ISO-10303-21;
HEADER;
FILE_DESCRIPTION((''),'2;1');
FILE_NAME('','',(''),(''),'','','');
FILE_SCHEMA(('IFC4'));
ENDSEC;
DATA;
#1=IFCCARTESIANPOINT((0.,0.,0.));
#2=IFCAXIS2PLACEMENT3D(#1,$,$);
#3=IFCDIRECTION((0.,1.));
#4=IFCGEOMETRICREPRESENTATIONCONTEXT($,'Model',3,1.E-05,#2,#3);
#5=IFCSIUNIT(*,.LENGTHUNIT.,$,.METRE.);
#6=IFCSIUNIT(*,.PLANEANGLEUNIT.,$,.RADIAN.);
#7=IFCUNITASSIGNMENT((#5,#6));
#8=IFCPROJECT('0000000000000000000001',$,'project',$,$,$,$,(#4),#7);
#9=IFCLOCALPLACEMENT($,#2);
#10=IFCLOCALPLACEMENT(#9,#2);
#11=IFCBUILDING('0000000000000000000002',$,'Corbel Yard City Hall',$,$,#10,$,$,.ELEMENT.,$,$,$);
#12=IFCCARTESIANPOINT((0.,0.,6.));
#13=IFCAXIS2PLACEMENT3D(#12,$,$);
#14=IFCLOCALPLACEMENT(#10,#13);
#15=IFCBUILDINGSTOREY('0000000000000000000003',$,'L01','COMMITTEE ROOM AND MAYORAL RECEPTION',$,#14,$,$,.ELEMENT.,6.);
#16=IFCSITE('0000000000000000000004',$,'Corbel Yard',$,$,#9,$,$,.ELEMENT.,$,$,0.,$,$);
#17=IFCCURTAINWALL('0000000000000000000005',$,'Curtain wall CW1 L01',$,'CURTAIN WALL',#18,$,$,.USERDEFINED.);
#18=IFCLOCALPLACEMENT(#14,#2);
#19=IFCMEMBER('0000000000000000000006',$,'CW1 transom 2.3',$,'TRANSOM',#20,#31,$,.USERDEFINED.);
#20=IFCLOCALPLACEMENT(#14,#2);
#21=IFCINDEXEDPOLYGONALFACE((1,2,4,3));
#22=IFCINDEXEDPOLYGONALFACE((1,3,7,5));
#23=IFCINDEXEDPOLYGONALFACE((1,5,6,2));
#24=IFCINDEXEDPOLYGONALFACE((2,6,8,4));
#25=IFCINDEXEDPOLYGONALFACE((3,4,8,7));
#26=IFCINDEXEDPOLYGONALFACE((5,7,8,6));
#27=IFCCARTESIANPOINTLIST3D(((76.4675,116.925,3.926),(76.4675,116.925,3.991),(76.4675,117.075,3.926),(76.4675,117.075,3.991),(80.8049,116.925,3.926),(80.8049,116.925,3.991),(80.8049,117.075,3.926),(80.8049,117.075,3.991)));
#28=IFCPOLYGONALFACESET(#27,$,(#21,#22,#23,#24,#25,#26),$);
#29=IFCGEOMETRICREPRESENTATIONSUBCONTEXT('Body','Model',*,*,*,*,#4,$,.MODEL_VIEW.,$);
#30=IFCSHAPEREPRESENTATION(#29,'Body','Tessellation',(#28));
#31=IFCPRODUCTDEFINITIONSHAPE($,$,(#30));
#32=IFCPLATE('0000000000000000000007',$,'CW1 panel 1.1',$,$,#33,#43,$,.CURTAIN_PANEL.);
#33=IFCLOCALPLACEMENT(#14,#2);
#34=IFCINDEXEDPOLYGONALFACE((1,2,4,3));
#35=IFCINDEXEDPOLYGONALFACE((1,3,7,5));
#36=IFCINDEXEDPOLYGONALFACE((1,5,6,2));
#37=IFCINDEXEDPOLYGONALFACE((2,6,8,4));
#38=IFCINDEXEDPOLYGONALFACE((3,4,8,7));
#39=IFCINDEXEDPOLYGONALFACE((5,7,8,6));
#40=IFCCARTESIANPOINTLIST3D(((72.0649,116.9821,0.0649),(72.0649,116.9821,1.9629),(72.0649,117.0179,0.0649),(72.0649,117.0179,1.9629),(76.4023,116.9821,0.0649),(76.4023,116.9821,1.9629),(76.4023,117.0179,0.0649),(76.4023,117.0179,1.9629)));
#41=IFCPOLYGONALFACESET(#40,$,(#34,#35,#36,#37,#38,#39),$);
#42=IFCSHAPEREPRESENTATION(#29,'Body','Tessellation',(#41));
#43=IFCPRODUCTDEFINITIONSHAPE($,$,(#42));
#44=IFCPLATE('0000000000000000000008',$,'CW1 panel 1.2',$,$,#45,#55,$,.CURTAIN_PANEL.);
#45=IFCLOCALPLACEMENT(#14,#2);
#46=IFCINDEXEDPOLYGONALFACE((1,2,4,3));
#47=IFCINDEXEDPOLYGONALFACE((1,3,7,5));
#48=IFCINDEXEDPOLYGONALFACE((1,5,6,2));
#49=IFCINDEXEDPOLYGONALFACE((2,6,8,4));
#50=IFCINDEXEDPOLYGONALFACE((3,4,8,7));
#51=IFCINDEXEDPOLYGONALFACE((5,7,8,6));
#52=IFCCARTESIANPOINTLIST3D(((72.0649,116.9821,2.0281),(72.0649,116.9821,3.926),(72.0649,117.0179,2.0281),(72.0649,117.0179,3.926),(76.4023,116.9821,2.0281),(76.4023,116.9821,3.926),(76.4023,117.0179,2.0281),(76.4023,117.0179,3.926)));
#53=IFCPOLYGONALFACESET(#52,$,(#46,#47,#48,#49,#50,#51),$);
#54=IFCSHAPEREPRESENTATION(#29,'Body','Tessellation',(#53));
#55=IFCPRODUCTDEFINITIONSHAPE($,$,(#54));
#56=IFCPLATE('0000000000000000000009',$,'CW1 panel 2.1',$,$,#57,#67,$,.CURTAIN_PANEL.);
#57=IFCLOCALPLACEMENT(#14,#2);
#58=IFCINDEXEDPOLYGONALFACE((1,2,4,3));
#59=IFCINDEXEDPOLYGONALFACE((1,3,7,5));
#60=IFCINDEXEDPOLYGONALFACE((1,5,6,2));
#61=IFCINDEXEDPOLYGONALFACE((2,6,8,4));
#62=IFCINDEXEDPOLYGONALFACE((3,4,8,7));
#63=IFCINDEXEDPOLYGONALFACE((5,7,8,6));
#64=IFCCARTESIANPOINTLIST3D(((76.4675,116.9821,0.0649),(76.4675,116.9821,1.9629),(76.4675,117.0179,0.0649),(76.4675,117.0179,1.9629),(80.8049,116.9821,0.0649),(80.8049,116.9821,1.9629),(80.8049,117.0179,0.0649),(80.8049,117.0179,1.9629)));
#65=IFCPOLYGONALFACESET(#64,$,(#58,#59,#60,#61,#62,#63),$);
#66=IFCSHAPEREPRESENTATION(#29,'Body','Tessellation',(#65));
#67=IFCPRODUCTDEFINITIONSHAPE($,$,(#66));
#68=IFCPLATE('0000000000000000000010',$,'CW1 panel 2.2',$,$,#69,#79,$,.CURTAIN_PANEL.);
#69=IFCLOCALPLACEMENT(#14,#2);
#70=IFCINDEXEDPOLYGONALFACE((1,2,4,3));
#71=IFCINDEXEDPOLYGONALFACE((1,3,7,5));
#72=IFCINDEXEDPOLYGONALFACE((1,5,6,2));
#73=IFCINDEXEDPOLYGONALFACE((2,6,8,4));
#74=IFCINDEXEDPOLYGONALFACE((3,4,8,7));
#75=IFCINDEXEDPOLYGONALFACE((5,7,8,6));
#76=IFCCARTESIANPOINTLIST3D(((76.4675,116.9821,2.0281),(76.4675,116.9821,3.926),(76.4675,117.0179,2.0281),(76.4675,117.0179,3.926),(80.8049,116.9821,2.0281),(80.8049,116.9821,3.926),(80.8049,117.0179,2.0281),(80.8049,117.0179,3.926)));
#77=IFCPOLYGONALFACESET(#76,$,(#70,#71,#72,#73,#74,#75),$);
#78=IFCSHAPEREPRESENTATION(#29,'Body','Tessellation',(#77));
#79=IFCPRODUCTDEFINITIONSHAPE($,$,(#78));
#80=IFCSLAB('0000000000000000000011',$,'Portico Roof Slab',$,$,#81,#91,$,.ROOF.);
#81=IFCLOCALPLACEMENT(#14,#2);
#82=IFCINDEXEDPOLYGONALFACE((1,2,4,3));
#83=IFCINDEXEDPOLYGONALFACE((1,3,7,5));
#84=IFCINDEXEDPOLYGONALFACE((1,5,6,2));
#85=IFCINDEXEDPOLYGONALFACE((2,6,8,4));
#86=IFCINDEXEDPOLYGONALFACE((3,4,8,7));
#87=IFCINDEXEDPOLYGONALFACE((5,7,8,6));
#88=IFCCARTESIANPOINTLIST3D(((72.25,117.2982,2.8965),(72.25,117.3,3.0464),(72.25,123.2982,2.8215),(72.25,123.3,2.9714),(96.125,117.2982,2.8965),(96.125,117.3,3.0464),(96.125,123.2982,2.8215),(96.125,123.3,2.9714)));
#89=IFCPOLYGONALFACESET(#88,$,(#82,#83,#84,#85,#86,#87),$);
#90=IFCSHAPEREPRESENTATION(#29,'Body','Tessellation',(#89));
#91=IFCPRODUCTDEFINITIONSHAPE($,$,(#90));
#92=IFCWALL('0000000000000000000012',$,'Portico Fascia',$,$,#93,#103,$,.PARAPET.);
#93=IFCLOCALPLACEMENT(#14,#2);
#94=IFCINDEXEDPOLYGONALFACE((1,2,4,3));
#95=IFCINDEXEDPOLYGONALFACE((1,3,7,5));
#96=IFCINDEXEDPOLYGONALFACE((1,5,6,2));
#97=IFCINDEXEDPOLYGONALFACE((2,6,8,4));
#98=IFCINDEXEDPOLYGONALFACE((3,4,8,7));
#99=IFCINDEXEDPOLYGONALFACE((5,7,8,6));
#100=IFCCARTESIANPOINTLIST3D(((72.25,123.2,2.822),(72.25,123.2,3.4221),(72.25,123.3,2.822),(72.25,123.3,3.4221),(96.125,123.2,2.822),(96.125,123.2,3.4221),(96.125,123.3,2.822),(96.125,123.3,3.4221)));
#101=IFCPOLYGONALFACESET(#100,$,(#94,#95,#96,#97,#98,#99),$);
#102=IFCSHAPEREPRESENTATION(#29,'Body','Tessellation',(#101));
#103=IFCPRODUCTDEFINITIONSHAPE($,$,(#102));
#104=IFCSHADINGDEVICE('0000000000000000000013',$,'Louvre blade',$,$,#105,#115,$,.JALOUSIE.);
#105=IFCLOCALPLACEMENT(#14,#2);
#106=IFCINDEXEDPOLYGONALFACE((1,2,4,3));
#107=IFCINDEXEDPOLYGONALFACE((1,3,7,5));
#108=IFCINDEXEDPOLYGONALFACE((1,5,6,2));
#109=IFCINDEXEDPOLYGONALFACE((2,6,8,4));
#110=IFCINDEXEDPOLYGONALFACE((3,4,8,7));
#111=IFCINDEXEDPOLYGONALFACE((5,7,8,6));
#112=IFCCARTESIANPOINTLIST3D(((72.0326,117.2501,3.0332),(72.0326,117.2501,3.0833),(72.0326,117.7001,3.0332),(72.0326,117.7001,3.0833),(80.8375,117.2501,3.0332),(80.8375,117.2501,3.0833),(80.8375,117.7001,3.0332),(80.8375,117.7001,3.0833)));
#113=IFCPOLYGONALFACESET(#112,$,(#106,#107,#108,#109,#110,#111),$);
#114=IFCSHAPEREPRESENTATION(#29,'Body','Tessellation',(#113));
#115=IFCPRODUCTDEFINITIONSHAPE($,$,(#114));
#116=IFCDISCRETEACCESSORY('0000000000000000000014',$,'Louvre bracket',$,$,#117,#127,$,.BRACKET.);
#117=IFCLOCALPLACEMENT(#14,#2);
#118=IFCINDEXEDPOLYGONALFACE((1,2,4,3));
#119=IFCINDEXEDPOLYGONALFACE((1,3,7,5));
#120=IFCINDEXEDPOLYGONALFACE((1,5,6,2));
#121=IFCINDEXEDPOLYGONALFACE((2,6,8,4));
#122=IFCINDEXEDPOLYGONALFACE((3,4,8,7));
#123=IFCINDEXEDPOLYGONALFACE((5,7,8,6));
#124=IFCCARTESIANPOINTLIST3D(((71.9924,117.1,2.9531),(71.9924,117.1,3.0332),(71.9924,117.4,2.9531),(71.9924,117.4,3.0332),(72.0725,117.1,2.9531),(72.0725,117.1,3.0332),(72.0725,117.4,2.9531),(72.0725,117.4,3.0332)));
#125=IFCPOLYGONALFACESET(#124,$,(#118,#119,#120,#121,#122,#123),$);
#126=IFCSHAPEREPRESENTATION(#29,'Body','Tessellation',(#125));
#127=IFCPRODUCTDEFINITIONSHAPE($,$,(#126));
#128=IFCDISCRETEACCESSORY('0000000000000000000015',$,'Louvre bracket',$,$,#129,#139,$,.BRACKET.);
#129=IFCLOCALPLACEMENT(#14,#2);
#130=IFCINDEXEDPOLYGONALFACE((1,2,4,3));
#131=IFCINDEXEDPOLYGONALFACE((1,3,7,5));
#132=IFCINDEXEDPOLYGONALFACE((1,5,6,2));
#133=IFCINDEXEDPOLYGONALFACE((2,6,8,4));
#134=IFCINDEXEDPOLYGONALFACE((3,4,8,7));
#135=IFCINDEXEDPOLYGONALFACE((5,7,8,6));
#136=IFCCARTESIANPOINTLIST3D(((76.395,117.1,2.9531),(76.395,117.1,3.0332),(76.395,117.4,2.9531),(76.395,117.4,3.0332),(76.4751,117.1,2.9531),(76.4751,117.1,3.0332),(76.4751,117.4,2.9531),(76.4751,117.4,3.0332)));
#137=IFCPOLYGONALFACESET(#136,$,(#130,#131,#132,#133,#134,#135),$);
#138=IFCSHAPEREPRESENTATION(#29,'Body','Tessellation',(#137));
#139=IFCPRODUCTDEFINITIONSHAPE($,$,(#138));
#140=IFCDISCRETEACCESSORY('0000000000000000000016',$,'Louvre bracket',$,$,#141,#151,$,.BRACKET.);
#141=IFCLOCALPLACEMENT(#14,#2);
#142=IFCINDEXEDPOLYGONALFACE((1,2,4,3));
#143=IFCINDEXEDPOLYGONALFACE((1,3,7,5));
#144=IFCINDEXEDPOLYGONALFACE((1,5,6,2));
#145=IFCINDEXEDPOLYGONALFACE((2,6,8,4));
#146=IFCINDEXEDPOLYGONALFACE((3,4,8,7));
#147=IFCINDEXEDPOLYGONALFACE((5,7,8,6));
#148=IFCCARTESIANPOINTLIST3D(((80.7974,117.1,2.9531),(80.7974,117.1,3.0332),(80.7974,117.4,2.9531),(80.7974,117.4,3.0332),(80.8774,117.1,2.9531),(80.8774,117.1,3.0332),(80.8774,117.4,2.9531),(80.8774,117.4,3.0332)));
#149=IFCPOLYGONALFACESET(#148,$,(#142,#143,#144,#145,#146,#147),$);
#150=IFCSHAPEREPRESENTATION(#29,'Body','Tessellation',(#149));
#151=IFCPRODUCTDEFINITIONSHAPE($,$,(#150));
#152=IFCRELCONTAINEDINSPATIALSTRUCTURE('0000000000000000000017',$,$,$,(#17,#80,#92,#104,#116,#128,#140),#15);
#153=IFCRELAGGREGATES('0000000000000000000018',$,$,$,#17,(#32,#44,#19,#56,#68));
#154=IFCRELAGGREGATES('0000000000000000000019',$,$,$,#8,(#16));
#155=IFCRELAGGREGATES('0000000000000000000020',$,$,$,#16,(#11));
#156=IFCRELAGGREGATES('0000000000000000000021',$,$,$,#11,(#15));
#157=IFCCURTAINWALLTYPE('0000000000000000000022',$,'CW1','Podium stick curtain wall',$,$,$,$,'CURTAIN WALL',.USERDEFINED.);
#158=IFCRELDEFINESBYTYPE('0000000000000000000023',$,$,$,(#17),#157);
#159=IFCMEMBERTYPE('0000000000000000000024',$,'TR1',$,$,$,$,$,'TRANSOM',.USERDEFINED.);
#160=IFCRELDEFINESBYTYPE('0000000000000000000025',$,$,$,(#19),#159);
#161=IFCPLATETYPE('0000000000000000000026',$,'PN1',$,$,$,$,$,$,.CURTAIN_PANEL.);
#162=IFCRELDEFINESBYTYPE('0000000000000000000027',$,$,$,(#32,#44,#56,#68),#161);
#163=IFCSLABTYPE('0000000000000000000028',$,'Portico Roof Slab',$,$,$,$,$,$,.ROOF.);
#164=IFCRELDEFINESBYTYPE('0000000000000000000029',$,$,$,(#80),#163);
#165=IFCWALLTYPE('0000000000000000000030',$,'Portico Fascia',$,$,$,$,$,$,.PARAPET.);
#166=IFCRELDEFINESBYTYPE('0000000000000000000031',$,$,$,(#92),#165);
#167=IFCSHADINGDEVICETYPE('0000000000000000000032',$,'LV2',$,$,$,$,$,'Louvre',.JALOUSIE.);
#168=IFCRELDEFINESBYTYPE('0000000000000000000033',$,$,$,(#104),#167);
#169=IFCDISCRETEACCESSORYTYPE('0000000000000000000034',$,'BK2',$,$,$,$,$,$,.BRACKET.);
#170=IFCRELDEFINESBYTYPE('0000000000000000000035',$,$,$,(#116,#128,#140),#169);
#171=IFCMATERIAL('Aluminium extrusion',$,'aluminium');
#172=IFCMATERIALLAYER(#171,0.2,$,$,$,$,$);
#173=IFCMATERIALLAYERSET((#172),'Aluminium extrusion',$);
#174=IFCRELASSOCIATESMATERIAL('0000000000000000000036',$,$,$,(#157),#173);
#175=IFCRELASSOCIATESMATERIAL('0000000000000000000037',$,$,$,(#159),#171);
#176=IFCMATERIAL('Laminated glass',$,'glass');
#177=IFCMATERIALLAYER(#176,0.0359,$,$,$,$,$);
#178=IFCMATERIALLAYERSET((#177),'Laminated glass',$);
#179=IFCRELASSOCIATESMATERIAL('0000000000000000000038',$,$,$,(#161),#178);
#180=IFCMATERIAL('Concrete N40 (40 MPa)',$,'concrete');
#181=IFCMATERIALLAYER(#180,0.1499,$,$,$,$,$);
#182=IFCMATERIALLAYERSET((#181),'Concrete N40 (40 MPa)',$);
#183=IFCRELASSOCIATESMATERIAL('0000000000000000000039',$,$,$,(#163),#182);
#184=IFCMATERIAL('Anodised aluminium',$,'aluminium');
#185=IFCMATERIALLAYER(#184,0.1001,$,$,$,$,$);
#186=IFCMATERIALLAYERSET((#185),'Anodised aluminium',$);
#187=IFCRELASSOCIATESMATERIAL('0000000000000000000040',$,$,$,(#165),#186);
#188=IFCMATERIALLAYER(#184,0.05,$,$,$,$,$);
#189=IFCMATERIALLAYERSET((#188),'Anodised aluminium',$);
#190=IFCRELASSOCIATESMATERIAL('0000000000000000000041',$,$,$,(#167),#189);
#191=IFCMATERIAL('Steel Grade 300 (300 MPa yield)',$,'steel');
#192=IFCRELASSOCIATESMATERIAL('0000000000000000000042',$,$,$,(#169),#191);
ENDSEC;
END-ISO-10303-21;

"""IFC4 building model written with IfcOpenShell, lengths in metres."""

from ifc_helpers import new_model, si_unit, direction, frame, frame_2d, origin, origin_2d, place, context, subcontext, project, spatial, polyline, rectangle, outline, extrude, material, layer, layer_set, material_profile, profile_set, type_object, element, aggregate, save


model = new_model("IFC4")

# Units and contexts
model_context = context("Model", 3, precision=1e-05, world=origin(), true_north=direction((0.0, 1.0)))
body_context = subcontext(model_context, "Body", "Model", "MODEL_VIEW")
ifc_project = project(units=[si_unit("LENGTHUNIT", "METRE"), si_unit("PLANEANGLEUNIT", "RADIAN")], contexts=[model_context])

# Site, building, storey
site_placement = place(None, origin())
site = spatial("IfcSite", under=ifc_project, at=site_placement, Name="Corbel Yard", CompositionType="ELEMENT", RefElevation=0.0)
building_placement = place(site_placement, origin())
building = spatial("IfcBuilding", under=site, at=building_placement, Name="Corbel Yard City Hall", CompositionType="ELEMENT")
storey_placement = place(building_placement, frame((0.0, 0.0, 6.0)))
storey = spatial("IfcBuildingStorey", under=building, at=storey_placement, Name="L01", Description="COMMITTEE ROOM AND MAYORAL RECEPTION", CompositionType="ELEMENT", Elevation=6.0)

# Shared definitions
ifc_material_1 = material(Name="Steel Grade 300 (300 MPa yield)", Category="steel")

# Curtain wall
ifc_material_2 = material(Name="Aluminium extrusion", Category="aluminium")
ifc_layer_1 = layer(ifc_material_2, 0.2)
ifc_layer_set_1 = layer_set([ifc_layer_1], Name="Aluminium extrusion")
curtain_wall_type = type_object("IfcCurtainWallType", Name="CW1", Description="Podium stick curtain wall", ElementType="CURTAIN WALL", PredefinedType="USERDEFINED", material=ifc_layer_set_1)
curtain_wall_placement = place(storey_placement, origin())
curtain_wall = element("IfcCurtainWall", 1, at=curtain_wall_placement, inside=storey, type_object=curtain_wall_type, Name="Curtain wall CW1 L01", ObjectType="CURTAIN WALL", PredefinedType="USERDEFINED")

# Member
ifc_material_profile_1 = material_profile(ifc_material_2, rectangle(XDim=0.1499, YDim=0.0649, at=origin_2d()), Name="150x65")
ifc_profile_set_1 = profile_set([ifc_material_profile_1], Name="Aluminium extrusion")
member_type_1 = type_object("IfcMemberType", Name="TR1", ElementType="TRANSOM", PredefinedType="USERDEFINED", material=ifc_profile_set_1)
member_1_placement = place(storey_placement, frame((76.4675, 117.0, 3.9585), z_axis=(1.0, 0.0, 0.0), x_axis=(0.0, 1.0, 0.0)))
member_1 = element("IfcMember", 2, at=member_1_placement, type_object=member_type_1, Name="CW1 transom 2.3", ObjectType="TRANSOM", PredefinedType="USERDEFINED", context=body_context, shape_type="SweptSolid", body=[
    extrude(rectangle(XDim=0.1499, YDim=0.0649, at=origin_2d()), origin(), (0.0, 0.0, 1.0), 4.3374),
])

# Plates
ifc_material_3 = material(Name="Laminated glass", Category="glass")
ifc_layer_2 = layer(ifc_material_3, 0.0359)
ifc_layer_set_2 = layer_set([ifc_layer_2], Name="Laminated glass")
plate_type = type_object("IfcPlateType", Name="PN1", PredefinedType="CURTAIN_PANEL", material=ifc_layer_set_2)
plate_1_placement = place(storey_placement, frame((74.2336, 117.0, 0.0649), z_axis=(0.0, 0.0, 1.0), x_axis=(1.0, 0.0, 0.0)))
plate_1 = element("IfcPlate", 3, at=plate_1_placement, type_object=plate_type, Name="CW1 panel 1.1", PredefinedType="CURTAIN_PANEL", context=body_context, shape_type="SweptSolid", body=[
    extrude(rectangle(XDim=4.3374, YDim=0.0359, at=origin_2d()), origin(), (0.0, 0.0, 1.0), 1.8979),
])
plate_2_placement = place(storey_placement, frame((74.2336, 117.0, 2.0281), z_axis=(0.0, 0.0, 1.0), x_axis=(1.0, 0.0, 0.0)))
plate_2 = element("IfcPlate", 4, at=plate_2_placement, type_object=plate_type, Name="CW1 panel 1.2", PredefinedType="CURTAIN_PANEL", context=body_context, shape_type="SweptSolid", body=[
    extrude(rectangle(XDim=4.3374, YDim=0.0359, at=origin_2d()), origin(), (0.0, 0.0, 1.0), 1.8979),
])
plate_3_placement = place(storey_placement, frame((78.6362, 117.0, 0.0649), z_axis=(0.0, 0.0, 1.0), x_axis=(1.0, 0.0, 0.0)))
plate_3 = element("IfcPlate", 5, at=plate_3_placement, type_object=plate_type, Name="CW1 panel 2.1", PredefinedType="CURTAIN_PANEL", context=body_context, shape_type="SweptSolid", body=[
    extrude(rectangle(XDim=4.3374, YDim=0.0359, at=origin_2d()), origin(), (0.0, 0.0, 1.0), 1.8979),
])
plate_4_placement = place(storey_placement, frame((78.6362, 117.0, 2.0281), z_axis=(0.0, 0.0, 1.0), x_axis=(1.0, 0.0, 0.0)))
plate_4 = element("IfcPlate", 6, at=plate_4_placement, type_object=plate_type, Name="CW1 panel 2.2", PredefinedType="CURTAIN_PANEL", context=body_context, shape_type="SweptSolid", body=[
    extrude(rectangle(XDim=4.3374, YDim=0.0359, at=origin_2d()), origin(), (0.0, 0.0, 1.0), 1.8979),
])
aggregate(curtain_wall, [plate_1, plate_2, member_1, plate_3, plate_4])

# Slab
ifc_material_4 = material(Name="Concrete N40 (40 MPa)", Category="concrete")
ifc_layer_3 = layer(ifc_material_4, 0.1499)
ifc_layer_set_3 = layer_set([ifc_layer_3], Name="Concrete N40 (40 MPa)")
slab_type = type_object("IfcSlabType", Name="Portico Roof Slab", PredefinedType="ROOF", material=ifc_layer_set_3)
slab_placement = place(storey_placement, frame((72.25, 117.3, 3.0464), z_axis=(0.0, 0.012491, 0.999922), x_axis=(1.0, 0.0, 0.0)))
element("IfcSlab", 7, at=slab_placement, inside=storey, type_object=slab_type, Name="Portico Roof Slab", PredefinedType="ROOF", context=body_context, shape_type="SweptSolid", body=[
    extrude(outline(polyline([(0.0, 0.0), (23.875, 0.0), (23.875, 6.0005), (0.0, 6.0005), (0.0, 0.0)])), origin(), (0.0, 0.0, -1.0), 0.1499),
])

# Wall
ifc_material_5 = material(Name="Anodised aluminium", Category="aluminium")
ifc_layer_4 = layer(ifc_material_5, 0.1001)
ifc_layer_set_4 = layer_set([ifc_layer_4], Name="Anodised aluminium")
wall_type = type_object("IfcWallType", Name="Portico Fascia", PredefinedType="PARAPET", material=ifc_layer_set_4)
wall_placement = place(storey_placement, frame((72.25, 123.25, 2.822), z_axis=(0.0, 0.0, 1.0), x_axis=(1.0, 0.0, 0.0)))
element("IfcWall", 8, at=wall_placement, inside=storey, type_object=wall_type, Name="Portico Fascia", PredefinedType="PARAPET", context=body_context, shape_type="SweptSolid", body=[
    extrude(rectangle(XDim=23.875, YDim=0.1001, at=frame_2d((11.9375, 0.0))), origin(), (0.0, 0.0, 1.0), 0.6001),
])

# Shading device
ifc_layer_5 = layer(ifc_material_5, 0.05)
ifc_layer_set_5 = layer_set([ifc_layer_5], Name="Anodised aluminium")
shading_device_type = type_object("IfcShadingDeviceType", Name="LV2", ElementType="Louvre", PredefinedType="JALOUSIE", material=ifc_layer_set_5)
shading_device_placement = place(storey_placement, frame((76.4351, 117.4751, 3.0332), z_axis=(0.0, 0.0, 1.0), x_axis=(1.0, 0.0, 0.0)))
element("IfcShadingDevice", 9, at=shading_device_placement, inside=storey, type_object=shading_device_type, Name="Louvre blade", PredefinedType="JALOUSIE", context=body_context, shape_type="SweptSolid", body=[
    extrude(rectangle(XDim=8.8049, YDim=0.45, at=origin_2d()), origin(), (0.0, 0.0, 1.0), 0.05),
])

# Discrete accessories
discrete_accessory_type = type_object("IfcDiscreteAccessoryType", Name="BK2", PredefinedType="BRACKET", material=ifc_material_1)
for number, where, z_axis, x_axis, name in (
    (10, (72.0325, 117.25, 2.9531), (0.0, 0.0, 1.0), (1.0, 0.0, 0.0), "Louvre bracket"),
    (11, (76.4351, 117.25, 2.9531), (0.0, 0.0, 1.0), (1.0, 0.0, 0.0), "Louvre bracket"),
    (12, (80.8374, 117.25, 2.9531), (0.0, 0.0, 1.0), (1.0, 0.0, 0.0), "Louvre bracket"),
):
    element("IfcDiscreteAccessory", number, at=place(storey_placement, frame(where, z_axis=z_axis, x_axis=x_axis)), inside=storey, type_object=discrete_accessory_type, Name=name, PredefinedType="BRACKET", context=body_context, shape_type="SweptSolid", body=[
        extrude(rectangle(XDim=0.0801, YDim=0.3, at=origin_2d()), origin(), (0.0, 0.0, 1.0), 0.0801),
    ])

save(model, "model.ifc")
